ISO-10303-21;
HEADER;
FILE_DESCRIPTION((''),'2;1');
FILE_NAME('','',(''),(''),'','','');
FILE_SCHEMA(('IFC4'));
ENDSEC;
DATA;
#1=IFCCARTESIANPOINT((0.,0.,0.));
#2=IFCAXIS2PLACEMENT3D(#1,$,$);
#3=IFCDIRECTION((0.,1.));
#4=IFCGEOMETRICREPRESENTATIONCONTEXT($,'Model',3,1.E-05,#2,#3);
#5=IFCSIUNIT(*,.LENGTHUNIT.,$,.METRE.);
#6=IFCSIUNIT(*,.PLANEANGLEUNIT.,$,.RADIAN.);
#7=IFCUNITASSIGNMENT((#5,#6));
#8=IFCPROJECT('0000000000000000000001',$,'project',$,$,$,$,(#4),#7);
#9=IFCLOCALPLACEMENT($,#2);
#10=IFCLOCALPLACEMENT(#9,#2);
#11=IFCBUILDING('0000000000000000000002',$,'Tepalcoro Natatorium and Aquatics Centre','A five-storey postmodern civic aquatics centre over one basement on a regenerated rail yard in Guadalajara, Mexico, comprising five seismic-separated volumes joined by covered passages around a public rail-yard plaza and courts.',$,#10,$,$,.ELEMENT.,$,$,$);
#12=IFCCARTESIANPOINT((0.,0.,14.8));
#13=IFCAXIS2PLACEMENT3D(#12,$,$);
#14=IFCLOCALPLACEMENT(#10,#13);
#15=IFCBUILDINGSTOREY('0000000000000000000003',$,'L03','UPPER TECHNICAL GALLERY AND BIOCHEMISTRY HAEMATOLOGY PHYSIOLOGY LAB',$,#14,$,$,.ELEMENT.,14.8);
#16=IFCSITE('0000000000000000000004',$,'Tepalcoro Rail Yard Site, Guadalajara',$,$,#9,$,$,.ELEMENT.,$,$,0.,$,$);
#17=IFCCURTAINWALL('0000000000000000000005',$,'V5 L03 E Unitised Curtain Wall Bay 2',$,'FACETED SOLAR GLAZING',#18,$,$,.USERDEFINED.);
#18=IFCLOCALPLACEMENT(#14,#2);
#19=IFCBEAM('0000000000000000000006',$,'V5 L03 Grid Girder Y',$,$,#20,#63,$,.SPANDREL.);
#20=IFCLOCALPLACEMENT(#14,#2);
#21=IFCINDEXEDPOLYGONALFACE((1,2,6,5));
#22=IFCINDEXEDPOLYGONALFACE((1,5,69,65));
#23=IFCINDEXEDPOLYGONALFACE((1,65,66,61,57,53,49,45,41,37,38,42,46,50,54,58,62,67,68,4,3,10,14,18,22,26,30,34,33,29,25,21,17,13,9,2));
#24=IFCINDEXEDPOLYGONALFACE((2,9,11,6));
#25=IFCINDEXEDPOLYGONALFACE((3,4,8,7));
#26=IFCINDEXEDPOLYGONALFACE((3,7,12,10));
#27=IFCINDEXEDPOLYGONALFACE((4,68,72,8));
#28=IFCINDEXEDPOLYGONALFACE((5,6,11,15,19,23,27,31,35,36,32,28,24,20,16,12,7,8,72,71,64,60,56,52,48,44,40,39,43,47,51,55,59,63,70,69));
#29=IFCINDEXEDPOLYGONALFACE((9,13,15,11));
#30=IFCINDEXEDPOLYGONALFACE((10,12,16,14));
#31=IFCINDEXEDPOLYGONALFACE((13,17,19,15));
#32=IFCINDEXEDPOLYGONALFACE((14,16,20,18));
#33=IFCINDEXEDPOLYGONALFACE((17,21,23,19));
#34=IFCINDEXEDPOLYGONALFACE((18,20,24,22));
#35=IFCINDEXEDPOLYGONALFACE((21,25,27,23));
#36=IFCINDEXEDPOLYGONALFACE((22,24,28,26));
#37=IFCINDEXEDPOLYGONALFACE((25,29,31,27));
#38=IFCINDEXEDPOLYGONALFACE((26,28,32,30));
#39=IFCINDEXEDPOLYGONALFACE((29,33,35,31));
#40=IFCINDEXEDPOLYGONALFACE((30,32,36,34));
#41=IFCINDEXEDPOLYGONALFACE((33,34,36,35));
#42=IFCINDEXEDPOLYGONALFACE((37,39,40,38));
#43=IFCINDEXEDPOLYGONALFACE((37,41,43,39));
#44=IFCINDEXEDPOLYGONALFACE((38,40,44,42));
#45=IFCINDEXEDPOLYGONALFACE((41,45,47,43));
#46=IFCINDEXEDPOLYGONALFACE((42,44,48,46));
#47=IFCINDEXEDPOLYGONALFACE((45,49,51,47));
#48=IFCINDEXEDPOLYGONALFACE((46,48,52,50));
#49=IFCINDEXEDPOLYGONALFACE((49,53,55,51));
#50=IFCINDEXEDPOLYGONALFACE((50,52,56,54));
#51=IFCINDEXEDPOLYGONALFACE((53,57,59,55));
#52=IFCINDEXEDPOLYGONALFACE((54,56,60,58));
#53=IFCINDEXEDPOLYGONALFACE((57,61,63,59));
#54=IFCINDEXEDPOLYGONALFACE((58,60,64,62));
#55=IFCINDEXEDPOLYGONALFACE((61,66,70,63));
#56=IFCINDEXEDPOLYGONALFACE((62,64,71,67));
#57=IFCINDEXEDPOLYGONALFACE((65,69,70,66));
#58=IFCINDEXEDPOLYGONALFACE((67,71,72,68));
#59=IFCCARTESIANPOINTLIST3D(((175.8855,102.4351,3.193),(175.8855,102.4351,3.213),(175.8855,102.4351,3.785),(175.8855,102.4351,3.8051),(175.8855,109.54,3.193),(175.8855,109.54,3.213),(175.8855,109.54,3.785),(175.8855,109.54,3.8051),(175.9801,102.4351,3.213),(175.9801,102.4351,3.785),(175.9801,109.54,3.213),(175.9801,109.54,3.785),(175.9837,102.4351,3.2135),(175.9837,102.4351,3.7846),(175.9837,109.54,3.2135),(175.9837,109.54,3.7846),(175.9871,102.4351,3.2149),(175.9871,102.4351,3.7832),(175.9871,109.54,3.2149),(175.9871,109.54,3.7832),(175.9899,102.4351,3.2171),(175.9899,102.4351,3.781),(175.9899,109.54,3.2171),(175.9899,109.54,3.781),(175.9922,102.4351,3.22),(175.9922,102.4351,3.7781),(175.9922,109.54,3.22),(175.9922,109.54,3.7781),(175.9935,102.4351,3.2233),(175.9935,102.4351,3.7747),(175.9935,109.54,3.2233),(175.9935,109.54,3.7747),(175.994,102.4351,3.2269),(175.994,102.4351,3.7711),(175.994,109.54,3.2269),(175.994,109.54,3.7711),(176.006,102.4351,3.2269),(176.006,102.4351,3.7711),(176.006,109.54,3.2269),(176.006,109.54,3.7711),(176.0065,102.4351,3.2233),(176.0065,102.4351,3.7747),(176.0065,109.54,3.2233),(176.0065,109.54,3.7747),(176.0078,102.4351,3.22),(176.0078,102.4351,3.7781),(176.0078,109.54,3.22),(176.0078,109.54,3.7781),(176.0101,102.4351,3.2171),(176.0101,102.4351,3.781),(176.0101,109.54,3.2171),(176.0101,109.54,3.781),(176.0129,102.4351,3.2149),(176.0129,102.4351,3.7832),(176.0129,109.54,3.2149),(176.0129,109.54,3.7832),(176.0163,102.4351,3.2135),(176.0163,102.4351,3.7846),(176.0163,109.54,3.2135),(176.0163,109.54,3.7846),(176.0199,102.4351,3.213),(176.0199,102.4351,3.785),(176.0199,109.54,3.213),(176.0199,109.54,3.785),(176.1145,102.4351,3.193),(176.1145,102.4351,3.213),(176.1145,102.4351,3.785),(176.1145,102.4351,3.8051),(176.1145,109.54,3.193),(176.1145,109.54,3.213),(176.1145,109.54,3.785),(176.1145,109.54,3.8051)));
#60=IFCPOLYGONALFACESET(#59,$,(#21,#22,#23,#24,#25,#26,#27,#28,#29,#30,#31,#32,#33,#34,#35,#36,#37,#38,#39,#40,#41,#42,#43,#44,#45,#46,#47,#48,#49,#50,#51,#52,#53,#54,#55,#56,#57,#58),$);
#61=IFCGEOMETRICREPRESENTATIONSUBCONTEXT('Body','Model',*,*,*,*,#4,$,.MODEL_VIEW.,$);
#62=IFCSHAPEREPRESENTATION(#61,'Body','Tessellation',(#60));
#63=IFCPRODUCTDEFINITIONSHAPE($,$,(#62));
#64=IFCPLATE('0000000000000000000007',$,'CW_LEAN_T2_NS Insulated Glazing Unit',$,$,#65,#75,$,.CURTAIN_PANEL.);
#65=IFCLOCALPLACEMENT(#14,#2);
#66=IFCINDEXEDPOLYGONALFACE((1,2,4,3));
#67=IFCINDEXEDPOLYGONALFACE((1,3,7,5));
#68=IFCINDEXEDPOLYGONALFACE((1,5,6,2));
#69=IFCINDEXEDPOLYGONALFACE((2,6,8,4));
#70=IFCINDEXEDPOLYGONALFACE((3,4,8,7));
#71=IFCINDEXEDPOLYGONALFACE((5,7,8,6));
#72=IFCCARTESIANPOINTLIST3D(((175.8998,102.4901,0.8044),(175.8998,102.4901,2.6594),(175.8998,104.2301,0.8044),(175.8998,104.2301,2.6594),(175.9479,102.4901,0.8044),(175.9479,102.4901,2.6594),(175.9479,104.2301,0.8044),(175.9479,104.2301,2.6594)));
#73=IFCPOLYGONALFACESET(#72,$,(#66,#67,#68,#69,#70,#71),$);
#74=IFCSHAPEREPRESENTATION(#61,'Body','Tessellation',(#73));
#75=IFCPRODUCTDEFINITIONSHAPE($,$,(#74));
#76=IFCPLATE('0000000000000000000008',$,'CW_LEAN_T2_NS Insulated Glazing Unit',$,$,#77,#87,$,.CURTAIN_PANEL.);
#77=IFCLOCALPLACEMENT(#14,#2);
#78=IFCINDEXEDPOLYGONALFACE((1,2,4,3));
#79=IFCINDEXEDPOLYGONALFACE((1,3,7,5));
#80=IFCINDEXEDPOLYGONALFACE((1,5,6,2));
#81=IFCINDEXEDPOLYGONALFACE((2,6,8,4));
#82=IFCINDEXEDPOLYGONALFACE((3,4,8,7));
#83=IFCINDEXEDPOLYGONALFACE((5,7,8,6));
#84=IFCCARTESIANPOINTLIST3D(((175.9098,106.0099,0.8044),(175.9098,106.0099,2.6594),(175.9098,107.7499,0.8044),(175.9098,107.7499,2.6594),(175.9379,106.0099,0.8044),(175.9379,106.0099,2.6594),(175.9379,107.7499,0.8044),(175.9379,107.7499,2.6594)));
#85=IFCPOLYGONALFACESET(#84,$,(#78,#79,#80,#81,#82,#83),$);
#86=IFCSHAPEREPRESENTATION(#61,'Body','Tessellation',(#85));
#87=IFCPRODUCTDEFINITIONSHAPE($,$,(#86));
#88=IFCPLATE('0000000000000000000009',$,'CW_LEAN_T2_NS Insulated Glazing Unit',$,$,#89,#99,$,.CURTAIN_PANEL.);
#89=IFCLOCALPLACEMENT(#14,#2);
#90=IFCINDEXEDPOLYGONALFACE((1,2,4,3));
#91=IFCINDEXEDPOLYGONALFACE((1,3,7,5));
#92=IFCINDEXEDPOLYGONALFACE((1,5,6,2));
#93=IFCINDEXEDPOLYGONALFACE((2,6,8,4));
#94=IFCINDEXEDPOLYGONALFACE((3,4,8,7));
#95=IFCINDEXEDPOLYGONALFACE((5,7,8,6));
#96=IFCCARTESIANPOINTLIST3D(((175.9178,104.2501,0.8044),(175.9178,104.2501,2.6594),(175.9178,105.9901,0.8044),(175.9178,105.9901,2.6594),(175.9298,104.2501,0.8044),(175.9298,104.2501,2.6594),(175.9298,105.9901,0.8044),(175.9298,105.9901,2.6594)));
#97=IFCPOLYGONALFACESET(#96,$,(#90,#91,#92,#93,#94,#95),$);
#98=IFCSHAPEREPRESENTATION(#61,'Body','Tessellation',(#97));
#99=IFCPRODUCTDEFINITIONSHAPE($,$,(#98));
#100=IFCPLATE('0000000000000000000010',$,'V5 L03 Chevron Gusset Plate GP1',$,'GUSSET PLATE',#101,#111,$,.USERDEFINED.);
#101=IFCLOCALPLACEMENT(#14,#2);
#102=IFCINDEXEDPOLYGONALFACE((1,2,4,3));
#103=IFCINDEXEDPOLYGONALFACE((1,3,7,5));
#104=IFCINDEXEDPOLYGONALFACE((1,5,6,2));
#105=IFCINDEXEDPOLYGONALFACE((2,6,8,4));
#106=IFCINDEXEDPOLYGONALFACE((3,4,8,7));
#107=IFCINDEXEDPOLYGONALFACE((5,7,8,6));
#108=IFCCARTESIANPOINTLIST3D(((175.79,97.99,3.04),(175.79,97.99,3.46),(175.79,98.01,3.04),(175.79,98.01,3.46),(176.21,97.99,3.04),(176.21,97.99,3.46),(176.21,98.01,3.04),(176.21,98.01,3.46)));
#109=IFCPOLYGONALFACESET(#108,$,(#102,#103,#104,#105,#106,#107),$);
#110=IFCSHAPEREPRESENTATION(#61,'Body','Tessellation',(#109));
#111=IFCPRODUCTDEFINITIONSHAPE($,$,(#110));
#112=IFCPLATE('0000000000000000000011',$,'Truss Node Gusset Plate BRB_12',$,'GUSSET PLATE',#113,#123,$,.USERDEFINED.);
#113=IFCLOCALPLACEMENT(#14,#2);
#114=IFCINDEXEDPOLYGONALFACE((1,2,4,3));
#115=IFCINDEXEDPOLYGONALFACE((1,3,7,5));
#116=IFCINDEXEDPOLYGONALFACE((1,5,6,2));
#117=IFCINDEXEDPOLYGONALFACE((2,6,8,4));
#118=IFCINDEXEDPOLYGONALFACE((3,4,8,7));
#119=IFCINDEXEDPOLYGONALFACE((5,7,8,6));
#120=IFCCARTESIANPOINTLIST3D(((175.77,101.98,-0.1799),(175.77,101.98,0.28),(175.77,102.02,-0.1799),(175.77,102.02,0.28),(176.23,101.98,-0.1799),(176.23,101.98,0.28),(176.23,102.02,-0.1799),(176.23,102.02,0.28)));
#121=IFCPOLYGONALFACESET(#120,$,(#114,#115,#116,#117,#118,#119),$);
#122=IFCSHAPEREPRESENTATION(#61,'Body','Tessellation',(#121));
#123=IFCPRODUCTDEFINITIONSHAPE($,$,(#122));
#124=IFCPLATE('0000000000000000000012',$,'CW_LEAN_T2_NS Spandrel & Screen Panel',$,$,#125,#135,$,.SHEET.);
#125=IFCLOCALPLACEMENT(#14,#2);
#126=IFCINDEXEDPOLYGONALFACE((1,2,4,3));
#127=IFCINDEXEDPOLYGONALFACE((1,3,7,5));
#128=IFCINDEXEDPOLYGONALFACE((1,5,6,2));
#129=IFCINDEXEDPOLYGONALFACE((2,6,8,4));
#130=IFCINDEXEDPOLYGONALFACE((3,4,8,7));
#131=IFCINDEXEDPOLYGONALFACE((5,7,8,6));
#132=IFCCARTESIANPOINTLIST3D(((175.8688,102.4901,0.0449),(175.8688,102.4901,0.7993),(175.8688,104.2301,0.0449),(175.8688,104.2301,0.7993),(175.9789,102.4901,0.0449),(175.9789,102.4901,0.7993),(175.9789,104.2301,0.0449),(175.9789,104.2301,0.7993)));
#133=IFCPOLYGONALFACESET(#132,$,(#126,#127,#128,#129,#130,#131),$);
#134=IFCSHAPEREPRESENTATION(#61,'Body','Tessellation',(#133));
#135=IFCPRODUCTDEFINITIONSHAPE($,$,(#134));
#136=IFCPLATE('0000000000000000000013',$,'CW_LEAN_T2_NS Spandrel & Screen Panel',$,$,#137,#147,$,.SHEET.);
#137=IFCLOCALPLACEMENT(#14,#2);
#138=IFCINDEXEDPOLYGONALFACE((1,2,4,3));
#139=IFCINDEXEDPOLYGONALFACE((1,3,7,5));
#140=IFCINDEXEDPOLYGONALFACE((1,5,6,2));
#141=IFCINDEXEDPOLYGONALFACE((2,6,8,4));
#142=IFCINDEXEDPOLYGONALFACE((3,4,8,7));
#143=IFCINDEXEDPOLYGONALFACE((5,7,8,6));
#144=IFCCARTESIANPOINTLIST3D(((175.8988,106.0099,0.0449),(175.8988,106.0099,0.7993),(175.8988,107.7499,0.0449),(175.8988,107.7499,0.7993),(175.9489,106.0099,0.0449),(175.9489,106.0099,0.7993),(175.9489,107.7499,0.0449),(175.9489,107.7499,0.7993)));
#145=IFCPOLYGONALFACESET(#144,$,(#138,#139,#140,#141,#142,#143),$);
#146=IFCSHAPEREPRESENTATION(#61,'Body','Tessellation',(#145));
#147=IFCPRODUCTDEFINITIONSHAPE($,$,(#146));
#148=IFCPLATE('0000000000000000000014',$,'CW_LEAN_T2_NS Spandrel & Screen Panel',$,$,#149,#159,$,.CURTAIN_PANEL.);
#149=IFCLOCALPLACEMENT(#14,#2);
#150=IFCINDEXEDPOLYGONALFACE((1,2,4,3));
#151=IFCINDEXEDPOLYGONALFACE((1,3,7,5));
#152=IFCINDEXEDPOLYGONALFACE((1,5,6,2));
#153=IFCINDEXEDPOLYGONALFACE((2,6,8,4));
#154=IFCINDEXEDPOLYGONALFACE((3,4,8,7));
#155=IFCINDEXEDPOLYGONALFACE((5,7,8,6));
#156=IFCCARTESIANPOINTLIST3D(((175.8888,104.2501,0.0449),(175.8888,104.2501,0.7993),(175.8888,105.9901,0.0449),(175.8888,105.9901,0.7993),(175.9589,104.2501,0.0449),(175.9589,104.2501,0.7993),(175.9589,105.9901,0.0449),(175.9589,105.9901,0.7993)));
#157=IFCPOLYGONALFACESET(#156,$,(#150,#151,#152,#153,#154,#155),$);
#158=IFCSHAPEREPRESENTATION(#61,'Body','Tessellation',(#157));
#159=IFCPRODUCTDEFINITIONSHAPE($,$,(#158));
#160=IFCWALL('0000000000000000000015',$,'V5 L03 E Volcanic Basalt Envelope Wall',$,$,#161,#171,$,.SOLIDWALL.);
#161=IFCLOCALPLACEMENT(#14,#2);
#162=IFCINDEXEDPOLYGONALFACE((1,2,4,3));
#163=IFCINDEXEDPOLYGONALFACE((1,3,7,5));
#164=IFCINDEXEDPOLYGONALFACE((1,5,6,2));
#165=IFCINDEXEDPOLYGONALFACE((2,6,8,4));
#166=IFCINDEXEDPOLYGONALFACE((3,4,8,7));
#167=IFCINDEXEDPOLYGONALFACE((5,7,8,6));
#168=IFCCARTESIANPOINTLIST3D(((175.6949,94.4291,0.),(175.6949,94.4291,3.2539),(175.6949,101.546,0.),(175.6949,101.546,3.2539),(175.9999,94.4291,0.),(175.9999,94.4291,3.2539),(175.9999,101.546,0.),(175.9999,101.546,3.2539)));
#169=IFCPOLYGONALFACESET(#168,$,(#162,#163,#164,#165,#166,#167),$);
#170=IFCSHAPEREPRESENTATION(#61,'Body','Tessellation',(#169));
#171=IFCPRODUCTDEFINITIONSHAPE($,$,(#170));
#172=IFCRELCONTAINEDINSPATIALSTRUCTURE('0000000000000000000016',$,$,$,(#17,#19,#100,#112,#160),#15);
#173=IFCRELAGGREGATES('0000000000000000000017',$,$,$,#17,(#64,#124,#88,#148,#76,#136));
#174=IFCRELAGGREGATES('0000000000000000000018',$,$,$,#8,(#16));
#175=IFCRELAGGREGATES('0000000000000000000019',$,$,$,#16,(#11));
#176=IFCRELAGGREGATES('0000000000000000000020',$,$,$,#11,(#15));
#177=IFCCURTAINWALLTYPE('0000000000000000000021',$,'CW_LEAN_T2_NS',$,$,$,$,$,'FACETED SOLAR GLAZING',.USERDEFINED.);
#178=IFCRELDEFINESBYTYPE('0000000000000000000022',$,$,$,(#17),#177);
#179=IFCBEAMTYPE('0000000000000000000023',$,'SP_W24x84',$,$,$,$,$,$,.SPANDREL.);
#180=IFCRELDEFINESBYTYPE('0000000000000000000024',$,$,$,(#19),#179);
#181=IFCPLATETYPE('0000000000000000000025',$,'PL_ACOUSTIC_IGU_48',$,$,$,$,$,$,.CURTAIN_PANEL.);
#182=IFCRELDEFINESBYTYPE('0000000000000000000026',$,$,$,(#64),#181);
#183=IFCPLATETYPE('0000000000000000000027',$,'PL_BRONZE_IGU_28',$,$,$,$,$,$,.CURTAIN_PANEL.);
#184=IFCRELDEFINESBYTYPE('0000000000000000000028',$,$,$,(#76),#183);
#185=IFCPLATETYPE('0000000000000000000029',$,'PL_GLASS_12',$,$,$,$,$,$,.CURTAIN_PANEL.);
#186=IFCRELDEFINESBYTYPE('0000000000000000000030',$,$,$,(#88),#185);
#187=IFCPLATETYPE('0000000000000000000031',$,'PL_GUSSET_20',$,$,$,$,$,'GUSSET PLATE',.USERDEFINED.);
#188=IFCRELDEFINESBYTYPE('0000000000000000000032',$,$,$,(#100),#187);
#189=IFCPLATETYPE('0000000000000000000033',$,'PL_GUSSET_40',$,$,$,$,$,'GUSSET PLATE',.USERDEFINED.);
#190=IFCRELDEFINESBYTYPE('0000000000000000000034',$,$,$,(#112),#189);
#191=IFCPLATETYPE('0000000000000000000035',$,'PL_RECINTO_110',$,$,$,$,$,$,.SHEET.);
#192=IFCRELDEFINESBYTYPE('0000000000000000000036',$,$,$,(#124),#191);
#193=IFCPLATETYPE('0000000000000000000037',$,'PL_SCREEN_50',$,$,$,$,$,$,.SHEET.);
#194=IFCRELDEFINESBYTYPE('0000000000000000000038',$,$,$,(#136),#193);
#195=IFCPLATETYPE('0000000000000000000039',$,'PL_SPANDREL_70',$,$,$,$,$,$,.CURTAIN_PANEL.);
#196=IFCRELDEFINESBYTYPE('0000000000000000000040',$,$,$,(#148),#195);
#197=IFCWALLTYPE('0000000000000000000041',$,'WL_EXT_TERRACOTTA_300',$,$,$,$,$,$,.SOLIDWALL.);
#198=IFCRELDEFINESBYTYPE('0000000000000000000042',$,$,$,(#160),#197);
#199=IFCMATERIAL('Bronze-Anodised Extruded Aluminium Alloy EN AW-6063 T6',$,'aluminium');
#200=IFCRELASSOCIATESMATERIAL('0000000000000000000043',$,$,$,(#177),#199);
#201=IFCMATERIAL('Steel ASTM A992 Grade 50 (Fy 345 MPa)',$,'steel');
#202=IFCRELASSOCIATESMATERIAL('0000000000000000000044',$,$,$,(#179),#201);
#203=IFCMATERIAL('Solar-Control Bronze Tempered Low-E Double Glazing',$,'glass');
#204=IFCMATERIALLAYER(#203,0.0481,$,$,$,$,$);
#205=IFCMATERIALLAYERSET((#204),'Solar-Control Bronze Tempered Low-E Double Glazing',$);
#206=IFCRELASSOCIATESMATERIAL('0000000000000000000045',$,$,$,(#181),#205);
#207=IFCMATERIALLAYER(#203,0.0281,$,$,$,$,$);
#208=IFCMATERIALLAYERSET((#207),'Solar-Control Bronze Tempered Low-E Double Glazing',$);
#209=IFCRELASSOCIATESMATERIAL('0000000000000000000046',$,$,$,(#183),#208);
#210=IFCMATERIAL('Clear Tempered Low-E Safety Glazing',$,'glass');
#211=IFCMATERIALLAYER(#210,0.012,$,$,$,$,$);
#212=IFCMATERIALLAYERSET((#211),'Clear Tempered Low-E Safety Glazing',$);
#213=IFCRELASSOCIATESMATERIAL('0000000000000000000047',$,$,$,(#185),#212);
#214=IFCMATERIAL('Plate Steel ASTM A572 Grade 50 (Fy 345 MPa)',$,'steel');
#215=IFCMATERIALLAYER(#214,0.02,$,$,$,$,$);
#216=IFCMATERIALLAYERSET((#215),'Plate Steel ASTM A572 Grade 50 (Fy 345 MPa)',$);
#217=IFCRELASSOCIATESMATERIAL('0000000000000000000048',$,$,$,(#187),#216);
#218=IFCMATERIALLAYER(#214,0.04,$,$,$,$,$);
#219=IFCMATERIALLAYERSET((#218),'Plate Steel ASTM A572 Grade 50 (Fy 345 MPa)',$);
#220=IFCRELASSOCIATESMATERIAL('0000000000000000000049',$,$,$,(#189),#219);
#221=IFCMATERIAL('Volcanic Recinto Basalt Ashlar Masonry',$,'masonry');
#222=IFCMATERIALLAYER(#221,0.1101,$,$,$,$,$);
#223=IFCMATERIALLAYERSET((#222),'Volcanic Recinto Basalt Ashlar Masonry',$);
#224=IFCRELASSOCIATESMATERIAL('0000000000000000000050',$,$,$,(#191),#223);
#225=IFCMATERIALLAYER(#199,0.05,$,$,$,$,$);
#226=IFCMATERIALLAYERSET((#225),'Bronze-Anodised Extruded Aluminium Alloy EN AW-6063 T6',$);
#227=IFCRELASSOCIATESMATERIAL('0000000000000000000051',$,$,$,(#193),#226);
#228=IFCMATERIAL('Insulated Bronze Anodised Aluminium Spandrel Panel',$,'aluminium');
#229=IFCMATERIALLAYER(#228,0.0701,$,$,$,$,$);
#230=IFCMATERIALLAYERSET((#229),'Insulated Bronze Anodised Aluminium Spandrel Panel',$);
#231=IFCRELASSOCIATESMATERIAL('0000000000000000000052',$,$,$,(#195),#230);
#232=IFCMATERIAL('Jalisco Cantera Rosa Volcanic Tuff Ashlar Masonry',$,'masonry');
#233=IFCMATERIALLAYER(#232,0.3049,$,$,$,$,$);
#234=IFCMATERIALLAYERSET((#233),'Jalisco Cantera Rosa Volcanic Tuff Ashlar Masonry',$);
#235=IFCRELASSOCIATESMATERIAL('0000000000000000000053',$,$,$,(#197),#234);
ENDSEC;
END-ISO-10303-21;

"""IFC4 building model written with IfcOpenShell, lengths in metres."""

from ifc_helpers import new_model, si_unit, direction, frame, frame_2d, origin, origin_2d, place, context, subcontext, project, spatial, rectangle, i_section, extrude, material, layer, layer_set, material_profile, profile_set, type_object, element, aggregate, save


model = new_model("IFC4")

# Units and contexts
model_context = context("Model", 3, precision=1e-05, world=origin(), true_north=direction((0.0, 1.0)))
body_context = subcontext(model_context, "Body", "Model", "MODEL_VIEW")
ifc_project = project(units=[si_unit("LENGTHUNIT", "METRE"), si_unit("PLANEANGLEUNIT", "RADIAN")], contexts=[model_context])

# Site, building, storey
site_placement = place(None, origin())
site = spatial("IfcSite", under=ifc_project, at=site_placement, Name="Tepalcoro Rail Yard Site, Guadalajara", CompositionType="ELEMENT", RefElevation=0.0)
building_placement = place(site_placement, origin())
building = spatial("IfcBuilding", under=site, at=building_placement, Name="Tepalcoro Natatorium and Aquatics Centre", Description="A five-storey postmodern civic aquatics centre over one basement on a regenerated rail yard in Guadalajara, Mexico, comprising five seismic-separated volumes joined by covered passages around a public rail-yard plaza and courts.", CompositionType="ELEMENT")
storey_placement = place(building_placement, frame((0.0, 0.0, 14.8)))
storey = spatial("IfcBuildingStorey", under=building, at=storey_placement, Name="L03", Description="UPPER TECHNICAL GALLERY AND BIOCHEMISTRY HAEMATOLOGY PHYSIOLOGY LAB", CompositionType="ELEMENT", Elevation=14.8)

# Curtain wall
ifc_material_1 = material(Name="Bronze-Anodised Extruded Aluminium Alloy EN AW-6063 T6", Category="aluminium")
curtain_wall_type = type_object("IfcCurtainWallType", Name="CW_LEAN_T2_NS", ElementType="FACETED SOLAR GLAZING", PredefinedType="USERDEFINED", material=ifc_material_1)
curtain_wall_placement = place(storey_placement, origin())
curtain_wall = element("IfcCurtainWall", 1, at=curtain_wall_placement, inside=storey, type_object=curtain_wall_type, Name="V5 L03 E Unitised Curtain Wall Bay 2", ObjectType="FACETED SOLAR GLAZING", PredefinedType="USERDEFINED")

# Shared definitions
ifc_material_2 = material(Name="Steel ASTM A992 Grade 50 (Fy 345 MPa)", Category="steel")

# Beam
ifc_material_profile_1 = material_profile(ifc_material_2, i_section(OverallWidth=0.229, OverallDepth=0.6121, WebThickness=0.012, FlangeThickness=0.02, FilletRadius=0.0139, at=origin_2d()), Name="W24X84")
ifc_profile_set_1 = profile_set([ifc_material_profile_1], Name="Steel ASTM A992 Grade 50 (Fy 345 MPa)")
beam_type_1 = type_object("IfcBeamType", Name="SP_W24x84", PredefinedType="SPANDREL", material=ifc_profile_set_1)
beam_1_placement = place(storey_placement, frame((176.0, 102.4351, 3.499), z_axis=(0.0, 1.0, 0.0), x_axis=(-1.0, 0.0, 0.0)))
element("IfcBeam", 2, at=beam_1_placement, inside=storey, type_object=beam_type_1, Name="V5 L03 Grid Girder Y", PredefinedType="SPANDREL", context=body_context, shape_type="SweptSolid", body=[
    extrude(i_section(OverallWidth=0.229, OverallDepth=0.6121, WebThickness=0.012, FlangeThickness=0.02, FilletRadius=0.0139, at=origin_2d()), origin(), (0.0, 0.0, 1.0), 7.105),
])

# Plates
ifc_material_3 = material(Name="Solar-Control Bronze Tempered Low-E Double Glazing", Category="glass")
ifc_layer_1 = layer(ifc_material_3, 0.0481)
ifc_layer_set_1 = layer_set([ifc_layer_1], Name="Solar-Control Bronze Tempered Low-E Double Glazing")
plate_type_1 = type_object("IfcPlateType", Name="PL_ACOUSTIC_IGU_48", PredefinedType="CURTAIN_PANEL", material=ifc_layer_set_1)
plate_1_placement = place(storey_placement, frame((175.9238, 103.3601, 0.8044), z_axis=(0.0, 0.0, 1.0), x_axis=(1.0, 0.0, 0.0)))
plate_1 = element("IfcPlate", 3, at=plate_1_placement, type_object=plate_type_1, Name="CW_LEAN_T2_NS Insulated Glazing Unit", PredefinedType="CURTAIN_PANEL", context=body_context, shape_type="SweptSolid", body=[
    extrude(rectangle(XDim=0.0481, YDim=1.74, at=origin_2d()), origin(), (0.0, 0.0, 1.0), 1.855),
])
ifc_layer_2 = layer(ifc_material_3, 0.0281)
ifc_layer_set_2 = layer_set([ifc_layer_2], Name="Solar-Control Bronze Tempered Low-E Double Glazing")
plate_type_2 = type_object("IfcPlateType", Name="PL_BRONZE_IGU_28", PredefinedType="CURTAIN_PANEL", material=ifc_layer_set_2)
plate_2_placement = place(storey_placement, frame((175.9238, 106.8799, 0.8044), z_axis=(0.0, 0.0, 1.0), x_axis=(1.0, 0.0, 0.0)))
plate_2 = element("IfcPlate", 4, at=plate_2_placement, type_object=plate_type_2, Name="CW_LEAN_T2_NS Insulated Glazing Unit", PredefinedType="CURTAIN_PANEL", context=body_context, shape_type="SweptSolid", body=[
    extrude(rectangle(XDim=0.0281, YDim=1.74, at=origin_2d()), origin(), (0.0, 0.0, 1.0), 1.855),
])
ifc_material_4 = material(Name="Clear Tempered Low-E Safety Glazing", Category="glass")
ifc_layer_3 = layer(ifc_material_4, 0.012)
ifc_layer_set_3 = layer_set([ifc_layer_3], Name="Clear Tempered Low-E Safety Glazing")
plate_type_3 = type_object("IfcPlateType", Name="PL_GLASS_12", PredefinedType="CURTAIN_PANEL", material=ifc_layer_set_3)
plate_3_placement = place(storey_placement, frame((175.9238, 105.1201, 0.8044), z_axis=(0.0, 0.0, 1.0), x_axis=(1.0, 0.0, 0.0)))
plate_3 = element("IfcPlate", 5, at=plate_3_placement, type_object=plate_type_3, Name="CW_LEAN_T2_NS Insulated Glazing Unit", PredefinedType="CURTAIN_PANEL", context=body_context, shape_type="SweptSolid", body=[
    extrude(rectangle(XDim=0.012, YDim=1.74, at=origin_2d()), origin(), (0.0, 0.0, 1.0), 1.855),
])

# Plates
ifc_material_5 = material(Name="Plate Steel ASTM A572 Grade 50 (Fy 345 MPa)", Category="steel")
ifc_layer_4 = layer(ifc_material_5, 0.02)
ifc_layer_set_4 = layer_set([ifc_layer_4], Name="Plate Steel ASTM A572 Grade 50 (Fy 345 MPa)")
plate_type_4 = type_object("IfcPlateType", Name="PL_GUSSET_20", ElementType="GUSSET PLATE", PredefinedType="USERDEFINED", material=ifc_layer_set_4)
plate_4_placement = place(storey_placement, frame((176.0, 98.0, 3.04), z_axis=(0.0, 0.0, 1.0), x_axis=(1.0, 0.0, 0.0)))
element("IfcPlate", 6, at=plate_4_placement, inside=storey, type_object=plate_type_4, Name="V5 L03 Chevron Gusset Plate GP1", ObjectType="GUSSET PLATE", PredefinedType="USERDEFINED", context=body_context, shape_type="SweptSolid", body=[
    extrude(rectangle(XDim=0.4199, YDim=0.02, at=origin_2d()), origin(), (0.0, 0.0, 1.0), 0.4199),
])
ifc_layer_5 = layer(ifc_material_5, 0.04)
ifc_layer_set_5 = layer_set([ifc_layer_5], Name="Plate Steel ASTM A572 Grade 50 (Fy 345 MPa)")
plate_type_5 = type_object("IfcPlateType", Name="PL_GUSSET_40", ElementType="GUSSET PLATE", PredefinedType="USERDEFINED", material=ifc_layer_set_5)
plate_5_placement = place(storey_placement, frame((176.0, 102.0, -0.1799), z_axis=(0.0, 0.0, 1.0), x_axis=(1.0, 0.0, 0.0)))
element("IfcPlate", 7, at=plate_5_placement, inside=storey, type_object=plate_type_5, Name="Truss Node Gusset Plate BRB_12", ObjectType="GUSSET PLATE", PredefinedType="USERDEFINED", context=body_context, shape_type="SweptSolid", body=[
    extrude(rectangle(XDim=0.46, YDim=0.04, at=origin_2d()), origin(), (0.0, 0.0, 1.0), 0.46),
])

# Plates
ifc_material_6 = material(Name="Volcanic Recinto Basalt Ashlar Masonry", Category="masonry")
ifc_layer_6 = layer(ifc_material_6, 0.1101)
ifc_layer_set_6 = layer_set([ifc_layer_6], Name="Volcanic Recinto Basalt Ashlar Masonry")
plate_type_6 = type_object("IfcPlateType", Name="PL_RECINTO_110", PredefinedType="SHEET", material=ifc_layer_set_6)
plate_6_placement = place(storey_placement, frame((175.9238, 103.3601, 0.0449), z_axis=(0.0, 0.0, 1.0), x_axis=(1.0, 0.0, 0.0)))
plate_6 = element("IfcPlate", 8, at=plate_6_placement, type_object=plate_type_6, Name="CW_LEAN_T2_NS Spandrel & Screen Panel", PredefinedType="SHEET", context=body_context, shape_type="SweptSolid", body=[
    extrude(rectangle(XDim=0.1101, YDim=1.74, at=origin_2d()), origin(), (0.0, 0.0, 1.0), 0.7544),
])
ifc_layer_7 = layer(ifc_material_1, 0.05)
ifc_layer_set_7 = layer_set([ifc_layer_7], Name="Bronze-Anodised Extruded Aluminium Alloy EN AW-6063 T6")
plate_type_7 = type_object("IfcPlateType", Name="PL_SCREEN_50", PredefinedType="SHEET", material=ifc_layer_set_7)
plate_7_placement = place(storey_placement, frame((175.9238, 106.8799, 0.0449), z_axis=(0.0, 0.0, 1.0), x_axis=(1.0, 0.0, 0.0)))
plate_7 = element("IfcPlate", 9, at=plate_7_placement, type_object=plate_type_7, Name="CW_LEAN_T2_NS Spandrel & Screen Panel", PredefinedType="SHEET", context=body_context, shape_type="SweptSolid", body=[
    extrude(rectangle(XDim=0.05, YDim=1.74, at=origin_2d()), origin(), (0.0, 0.0, 1.0), 0.7544),
])
ifc_material_7 = material(Name="Insulated Bronze Anodised Aluminium Spandrel Panel", Category="aluminium")
ifc_layer_8 = layer(ifc_material_7, 0.0701)
ifc_layer_set_8 = layer_set([ifc_layer_8], Name="Insulated Bronze Anodised Aluminium Spandrel Panel")
plate_type_8 = type_object("IfcPlateType", Name="PL_SPANDREL_70", PredefinedType="CURTAIN_PANEL", material=ifc_layer_set_8)
plate_8_placement = place(storey_placement, frame((175.9238, 105.1201, 0.0449), z_axis=(0.0, 0.0, 1.0), x_axis=(1.0, 0.0, 0.0)))
plate_8 = element("IfcPlate", 10, at=plate_8_placement, type_object=plate_type_8, Name="CW_LEAN_T2_NS Spandrel & Screen Panel", PredefinedType="CURTAIN_PANEL", context=body_context, shape_type="SweptSolid", body=[
    extrude(rectangle(XDim=0.0701, YDim=1.74, at=origin_2d()), origin(), (0.0, 0.0, 1.0), 0.7544),
])
aggregate(curtain_wall, [plate_1, plate_6, plate_3, plate_8, plate_2, plate_7])

# Wall
ifc_material_8 = material(Name="Jalisco Cantera Rosa Volcanic Tuff Ashlar Masonry", Category="masonry")
ifc_layer_9 = layer(ifc_material_8, 0.3049)
ifc_layer_set_9 = layer_set([ifc_layer_9], Name="Jalisco Cantera Rosa Volcanic Tuff Ashlar Masonry")
wall_type_1 = type_object("IfcWallType", Name="WL_EXT_TERRACOTTA_300", PredefinedType="SOLIDWALL", material=ifc_layer_set_9)
wall_placement = place(storey_placement, frame((175.8474, 94.429, 0.0), z_axis=(0.0, 0.0, 1.0), x_axis=(0.0, 1.0, 0.0)))
element("IfcWall", 11, at=wall_placement, inside=storey, type_object=wall_type_1, Name="V5 L03 E Volcanic Basalt Envelope Wall", PredefinedType="SOLIDWALL", context=body_context, shape_type="SweptSolid", body=[
    extrude(rectangle(XDim=7.1169, YDim=0.3049, at=frame_2d((3.5586, 0.0))), origin(), (0.0, 0.0, 1.0), 3.2539),
])

save(model, "model.ifc")
